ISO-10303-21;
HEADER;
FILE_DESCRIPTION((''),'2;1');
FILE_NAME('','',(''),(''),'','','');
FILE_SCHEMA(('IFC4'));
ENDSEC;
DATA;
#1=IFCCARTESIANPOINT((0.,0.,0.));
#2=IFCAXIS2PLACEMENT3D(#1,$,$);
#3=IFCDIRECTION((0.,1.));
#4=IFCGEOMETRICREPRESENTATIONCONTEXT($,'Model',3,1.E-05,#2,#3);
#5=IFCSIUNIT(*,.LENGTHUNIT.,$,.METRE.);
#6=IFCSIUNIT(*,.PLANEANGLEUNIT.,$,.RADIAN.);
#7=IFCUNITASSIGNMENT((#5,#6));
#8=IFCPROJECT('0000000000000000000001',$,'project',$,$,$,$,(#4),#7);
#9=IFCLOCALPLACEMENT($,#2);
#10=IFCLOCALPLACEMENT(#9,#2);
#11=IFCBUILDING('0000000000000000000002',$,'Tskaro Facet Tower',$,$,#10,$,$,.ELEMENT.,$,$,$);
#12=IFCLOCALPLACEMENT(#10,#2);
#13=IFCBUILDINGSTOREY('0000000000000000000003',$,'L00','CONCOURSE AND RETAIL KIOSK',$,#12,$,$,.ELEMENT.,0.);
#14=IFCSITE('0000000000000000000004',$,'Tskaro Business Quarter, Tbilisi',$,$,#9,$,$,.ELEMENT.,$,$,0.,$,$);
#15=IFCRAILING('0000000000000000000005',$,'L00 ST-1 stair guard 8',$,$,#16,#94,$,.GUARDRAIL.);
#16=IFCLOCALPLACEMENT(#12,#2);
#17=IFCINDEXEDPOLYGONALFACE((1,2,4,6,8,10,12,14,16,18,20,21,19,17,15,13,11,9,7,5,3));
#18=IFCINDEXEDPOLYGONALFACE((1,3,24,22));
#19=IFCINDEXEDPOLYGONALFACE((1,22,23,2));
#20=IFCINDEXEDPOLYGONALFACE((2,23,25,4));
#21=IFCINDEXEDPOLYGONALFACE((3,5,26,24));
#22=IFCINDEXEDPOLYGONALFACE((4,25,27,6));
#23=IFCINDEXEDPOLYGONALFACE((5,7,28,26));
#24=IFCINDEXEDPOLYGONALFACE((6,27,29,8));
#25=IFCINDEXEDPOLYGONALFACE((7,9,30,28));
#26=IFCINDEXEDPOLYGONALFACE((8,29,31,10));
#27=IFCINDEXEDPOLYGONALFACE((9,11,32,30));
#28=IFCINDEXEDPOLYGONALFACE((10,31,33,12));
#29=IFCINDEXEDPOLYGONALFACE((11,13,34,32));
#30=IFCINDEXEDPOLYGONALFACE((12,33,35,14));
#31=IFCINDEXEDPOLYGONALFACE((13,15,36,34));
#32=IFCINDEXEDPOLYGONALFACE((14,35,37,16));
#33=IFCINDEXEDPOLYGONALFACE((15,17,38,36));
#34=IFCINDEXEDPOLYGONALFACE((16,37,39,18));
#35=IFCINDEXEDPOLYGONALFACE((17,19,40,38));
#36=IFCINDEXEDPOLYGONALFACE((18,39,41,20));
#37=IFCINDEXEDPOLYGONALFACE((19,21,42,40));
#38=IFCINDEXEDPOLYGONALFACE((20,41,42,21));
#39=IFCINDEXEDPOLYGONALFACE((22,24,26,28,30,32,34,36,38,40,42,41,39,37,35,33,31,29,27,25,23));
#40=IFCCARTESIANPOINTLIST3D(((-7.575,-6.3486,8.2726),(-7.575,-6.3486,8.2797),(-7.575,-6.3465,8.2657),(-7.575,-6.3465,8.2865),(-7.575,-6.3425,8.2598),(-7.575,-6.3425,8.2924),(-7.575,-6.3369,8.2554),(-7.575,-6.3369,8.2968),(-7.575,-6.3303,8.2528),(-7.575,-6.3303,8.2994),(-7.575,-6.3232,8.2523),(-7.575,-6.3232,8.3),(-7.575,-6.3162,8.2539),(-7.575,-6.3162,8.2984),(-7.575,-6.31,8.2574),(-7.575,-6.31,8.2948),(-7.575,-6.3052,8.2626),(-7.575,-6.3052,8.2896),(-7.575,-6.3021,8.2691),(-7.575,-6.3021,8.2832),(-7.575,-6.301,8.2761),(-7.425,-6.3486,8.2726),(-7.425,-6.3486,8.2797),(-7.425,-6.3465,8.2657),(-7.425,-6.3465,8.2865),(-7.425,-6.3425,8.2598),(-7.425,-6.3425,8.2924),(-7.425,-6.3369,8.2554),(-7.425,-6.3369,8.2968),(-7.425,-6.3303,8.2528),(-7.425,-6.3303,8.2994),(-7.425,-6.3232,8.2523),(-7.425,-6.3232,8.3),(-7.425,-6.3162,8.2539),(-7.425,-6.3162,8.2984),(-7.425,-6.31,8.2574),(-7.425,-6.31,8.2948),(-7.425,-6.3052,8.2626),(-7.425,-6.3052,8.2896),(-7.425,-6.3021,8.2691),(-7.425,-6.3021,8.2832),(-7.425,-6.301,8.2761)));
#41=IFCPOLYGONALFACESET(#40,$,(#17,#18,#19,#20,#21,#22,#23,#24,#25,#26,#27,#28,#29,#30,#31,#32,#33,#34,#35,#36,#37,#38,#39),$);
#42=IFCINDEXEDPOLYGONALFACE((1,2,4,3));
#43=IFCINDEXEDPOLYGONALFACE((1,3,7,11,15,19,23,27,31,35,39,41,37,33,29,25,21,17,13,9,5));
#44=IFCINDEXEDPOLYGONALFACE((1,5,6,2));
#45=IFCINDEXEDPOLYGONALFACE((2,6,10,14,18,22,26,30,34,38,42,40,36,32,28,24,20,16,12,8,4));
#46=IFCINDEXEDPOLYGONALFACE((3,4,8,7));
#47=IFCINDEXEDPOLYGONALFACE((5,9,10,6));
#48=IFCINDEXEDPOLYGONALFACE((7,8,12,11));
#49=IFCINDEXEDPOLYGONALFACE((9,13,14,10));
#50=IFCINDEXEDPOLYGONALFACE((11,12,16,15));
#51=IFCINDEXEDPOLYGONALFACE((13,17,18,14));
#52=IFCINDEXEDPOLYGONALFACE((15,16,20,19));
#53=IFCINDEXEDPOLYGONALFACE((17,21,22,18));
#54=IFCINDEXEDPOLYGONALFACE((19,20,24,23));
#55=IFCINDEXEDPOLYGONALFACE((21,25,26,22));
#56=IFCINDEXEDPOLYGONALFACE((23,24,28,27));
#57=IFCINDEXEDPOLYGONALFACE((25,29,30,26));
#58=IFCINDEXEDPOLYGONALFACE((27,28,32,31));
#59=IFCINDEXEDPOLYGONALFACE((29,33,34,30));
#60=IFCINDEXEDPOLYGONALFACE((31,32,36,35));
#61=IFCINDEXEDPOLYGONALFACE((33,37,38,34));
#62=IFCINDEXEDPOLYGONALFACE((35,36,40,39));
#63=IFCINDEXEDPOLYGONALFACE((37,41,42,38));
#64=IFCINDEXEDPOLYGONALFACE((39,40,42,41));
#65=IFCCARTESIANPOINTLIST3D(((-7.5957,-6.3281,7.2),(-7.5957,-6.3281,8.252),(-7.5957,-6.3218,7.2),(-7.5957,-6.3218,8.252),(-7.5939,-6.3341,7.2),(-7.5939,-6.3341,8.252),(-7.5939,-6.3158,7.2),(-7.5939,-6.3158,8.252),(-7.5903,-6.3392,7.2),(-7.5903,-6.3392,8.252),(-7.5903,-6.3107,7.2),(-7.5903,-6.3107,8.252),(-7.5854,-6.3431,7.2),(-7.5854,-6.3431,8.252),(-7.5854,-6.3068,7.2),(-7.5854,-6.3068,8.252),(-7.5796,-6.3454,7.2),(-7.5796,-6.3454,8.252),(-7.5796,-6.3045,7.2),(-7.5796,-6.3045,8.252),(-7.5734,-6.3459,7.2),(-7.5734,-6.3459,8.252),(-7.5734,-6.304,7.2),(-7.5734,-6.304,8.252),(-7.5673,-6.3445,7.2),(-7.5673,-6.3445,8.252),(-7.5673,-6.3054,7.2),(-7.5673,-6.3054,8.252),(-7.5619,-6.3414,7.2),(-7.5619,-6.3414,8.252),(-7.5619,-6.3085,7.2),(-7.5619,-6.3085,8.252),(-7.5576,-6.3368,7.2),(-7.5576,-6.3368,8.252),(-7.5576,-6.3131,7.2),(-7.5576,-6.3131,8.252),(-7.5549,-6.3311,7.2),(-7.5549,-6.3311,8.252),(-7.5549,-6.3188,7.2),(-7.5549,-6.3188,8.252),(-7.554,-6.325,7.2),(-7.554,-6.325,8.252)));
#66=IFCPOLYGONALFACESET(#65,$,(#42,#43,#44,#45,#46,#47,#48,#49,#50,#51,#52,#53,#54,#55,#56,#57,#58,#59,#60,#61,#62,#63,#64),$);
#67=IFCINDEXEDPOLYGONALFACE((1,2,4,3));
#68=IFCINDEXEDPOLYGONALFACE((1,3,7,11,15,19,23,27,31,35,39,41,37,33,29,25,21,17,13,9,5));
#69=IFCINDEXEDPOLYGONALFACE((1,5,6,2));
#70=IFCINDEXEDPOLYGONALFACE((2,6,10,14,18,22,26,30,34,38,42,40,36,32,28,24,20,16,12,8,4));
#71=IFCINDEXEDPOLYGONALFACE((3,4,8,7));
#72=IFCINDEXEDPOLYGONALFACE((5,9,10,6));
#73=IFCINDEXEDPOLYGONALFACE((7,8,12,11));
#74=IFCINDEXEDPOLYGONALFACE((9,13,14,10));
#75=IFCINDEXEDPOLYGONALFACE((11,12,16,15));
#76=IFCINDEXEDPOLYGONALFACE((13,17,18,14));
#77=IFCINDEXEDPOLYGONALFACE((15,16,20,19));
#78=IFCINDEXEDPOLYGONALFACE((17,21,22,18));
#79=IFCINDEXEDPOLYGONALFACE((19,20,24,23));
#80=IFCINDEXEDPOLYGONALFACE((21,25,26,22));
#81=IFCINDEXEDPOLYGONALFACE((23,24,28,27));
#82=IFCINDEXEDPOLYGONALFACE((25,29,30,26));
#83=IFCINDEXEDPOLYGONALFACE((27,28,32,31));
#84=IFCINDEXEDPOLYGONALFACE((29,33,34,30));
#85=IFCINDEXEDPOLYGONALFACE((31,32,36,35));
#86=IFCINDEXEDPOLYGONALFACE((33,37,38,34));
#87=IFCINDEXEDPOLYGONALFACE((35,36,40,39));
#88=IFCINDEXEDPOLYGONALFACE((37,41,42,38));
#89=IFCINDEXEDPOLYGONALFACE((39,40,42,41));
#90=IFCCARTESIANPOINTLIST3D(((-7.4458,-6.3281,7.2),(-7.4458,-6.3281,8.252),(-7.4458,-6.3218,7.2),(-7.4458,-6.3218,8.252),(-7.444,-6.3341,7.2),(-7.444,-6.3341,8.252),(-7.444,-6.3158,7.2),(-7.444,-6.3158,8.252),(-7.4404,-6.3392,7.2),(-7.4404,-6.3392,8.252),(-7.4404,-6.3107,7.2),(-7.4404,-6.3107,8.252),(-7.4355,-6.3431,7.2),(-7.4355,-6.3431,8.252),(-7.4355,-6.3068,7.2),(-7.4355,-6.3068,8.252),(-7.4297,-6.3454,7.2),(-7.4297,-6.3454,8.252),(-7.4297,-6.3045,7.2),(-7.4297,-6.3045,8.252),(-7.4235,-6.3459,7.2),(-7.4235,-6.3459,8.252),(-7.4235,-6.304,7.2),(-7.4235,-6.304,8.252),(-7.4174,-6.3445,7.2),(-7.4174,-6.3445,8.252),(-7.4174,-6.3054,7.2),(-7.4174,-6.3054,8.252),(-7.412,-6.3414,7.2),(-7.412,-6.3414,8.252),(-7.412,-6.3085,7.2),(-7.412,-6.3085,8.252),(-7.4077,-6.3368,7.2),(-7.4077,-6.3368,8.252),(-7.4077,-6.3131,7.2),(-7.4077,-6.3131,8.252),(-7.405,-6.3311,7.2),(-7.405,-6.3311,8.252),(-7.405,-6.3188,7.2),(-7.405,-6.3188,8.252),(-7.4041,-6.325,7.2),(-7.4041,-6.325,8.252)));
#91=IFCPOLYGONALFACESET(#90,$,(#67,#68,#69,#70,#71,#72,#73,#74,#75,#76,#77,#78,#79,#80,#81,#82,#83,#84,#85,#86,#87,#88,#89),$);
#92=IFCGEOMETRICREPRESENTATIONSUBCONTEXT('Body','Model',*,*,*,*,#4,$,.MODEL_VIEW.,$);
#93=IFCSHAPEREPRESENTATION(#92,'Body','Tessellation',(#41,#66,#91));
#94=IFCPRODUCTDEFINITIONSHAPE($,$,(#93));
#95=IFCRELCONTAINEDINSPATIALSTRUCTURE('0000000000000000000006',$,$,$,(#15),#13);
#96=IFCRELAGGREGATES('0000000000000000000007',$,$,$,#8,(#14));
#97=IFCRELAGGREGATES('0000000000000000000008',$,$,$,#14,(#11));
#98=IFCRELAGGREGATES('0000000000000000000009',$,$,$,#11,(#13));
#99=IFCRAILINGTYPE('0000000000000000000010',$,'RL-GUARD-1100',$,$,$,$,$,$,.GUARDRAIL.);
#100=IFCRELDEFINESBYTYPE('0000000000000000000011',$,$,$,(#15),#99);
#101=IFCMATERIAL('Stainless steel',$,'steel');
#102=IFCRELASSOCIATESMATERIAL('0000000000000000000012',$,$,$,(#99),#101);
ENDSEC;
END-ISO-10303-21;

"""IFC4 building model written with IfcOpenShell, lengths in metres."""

from ifc_helpers import new_model, si_unit, direction, frame, origin, origin_2d, place, context, subcontext, project, spatial, circle, extrude, material, type_object, element, save


model = new_model("IFC4")

# Units and contexts
model_context = context("Model", 3, precision=1e-05, world=origin(), true_north=direction((0.0, 1.0)))
body_context = subcontext(model_context, "Body", "Model", "MODEL_VIEW")
ifc_project = project(units=[si_unit("LENGTHUNIT", "METRE"), si_unit("PLANEANGLEUNIT", "RADIAN")], contexts=[model_context])

# Site, building, storey
site_placement = place(None, origin())
site = spatial("IfcSite", under=ifc_project, at=site_placement, Name="Tskaro Business Quarter, Tbilisi", CompositionType="ELEMENT", RefElevation=0.0)
building_placement = place(site_placement, origin())
building = spatial("IfcBuilding", under=site, at=building_placement, Name="Tskaro Facet Tower", CompositionType="ELEMENT")
storey_placement = place(building_placement, origin())
storey = spatial("IfcBuildingStorey", under=building, at=storey_placement, Name="L00", Description="CONCOURSE AND RETAIL KIOSK", CompositionType="ELEMENT", Elevation=0.0)

# Railing
ifc_material_1 = material(Name="Stainless steel", Category="steel")
railing_type_1 = type_object("IfcRailingType", Name="RL-GUARD-1100", PredefinedType="GUARDRAIL", material=ifc_material_1)
railing_1_placement = place(storey_placement, frame((-7.575, -6.325, 7.2)))
element("IfcRailing", 1, at=railing_1_placement, inside=storey, type_object=railing_type_1, Name="L00 ST-1 stair guard 8", PredefinedType="GUARDRAIL", context=body_context, shape_type="SweptSolid", body=[
    extrude(circle(Radius=0.0239, at=origin_2d()), frame((0.0, 0.0, 1.0762), z_axis=(1.0, 0.0, 0.0), x_axis=(0.0, 1.0, 0.0)), (0.0, 0.0, 1.0), 0.1499),
    extrude(circle(Radius=0.021, at=origin_2d()), origin(), (0.0, 0.0, 1.0), 1.052),
    extrude(circle(Radius=0.021, at=origin_2d()), frame((0.1499, 0.0, 0.0)), (0.0, 0.0, 1.0), 1.052),
])

save(model, "model.ifc")
